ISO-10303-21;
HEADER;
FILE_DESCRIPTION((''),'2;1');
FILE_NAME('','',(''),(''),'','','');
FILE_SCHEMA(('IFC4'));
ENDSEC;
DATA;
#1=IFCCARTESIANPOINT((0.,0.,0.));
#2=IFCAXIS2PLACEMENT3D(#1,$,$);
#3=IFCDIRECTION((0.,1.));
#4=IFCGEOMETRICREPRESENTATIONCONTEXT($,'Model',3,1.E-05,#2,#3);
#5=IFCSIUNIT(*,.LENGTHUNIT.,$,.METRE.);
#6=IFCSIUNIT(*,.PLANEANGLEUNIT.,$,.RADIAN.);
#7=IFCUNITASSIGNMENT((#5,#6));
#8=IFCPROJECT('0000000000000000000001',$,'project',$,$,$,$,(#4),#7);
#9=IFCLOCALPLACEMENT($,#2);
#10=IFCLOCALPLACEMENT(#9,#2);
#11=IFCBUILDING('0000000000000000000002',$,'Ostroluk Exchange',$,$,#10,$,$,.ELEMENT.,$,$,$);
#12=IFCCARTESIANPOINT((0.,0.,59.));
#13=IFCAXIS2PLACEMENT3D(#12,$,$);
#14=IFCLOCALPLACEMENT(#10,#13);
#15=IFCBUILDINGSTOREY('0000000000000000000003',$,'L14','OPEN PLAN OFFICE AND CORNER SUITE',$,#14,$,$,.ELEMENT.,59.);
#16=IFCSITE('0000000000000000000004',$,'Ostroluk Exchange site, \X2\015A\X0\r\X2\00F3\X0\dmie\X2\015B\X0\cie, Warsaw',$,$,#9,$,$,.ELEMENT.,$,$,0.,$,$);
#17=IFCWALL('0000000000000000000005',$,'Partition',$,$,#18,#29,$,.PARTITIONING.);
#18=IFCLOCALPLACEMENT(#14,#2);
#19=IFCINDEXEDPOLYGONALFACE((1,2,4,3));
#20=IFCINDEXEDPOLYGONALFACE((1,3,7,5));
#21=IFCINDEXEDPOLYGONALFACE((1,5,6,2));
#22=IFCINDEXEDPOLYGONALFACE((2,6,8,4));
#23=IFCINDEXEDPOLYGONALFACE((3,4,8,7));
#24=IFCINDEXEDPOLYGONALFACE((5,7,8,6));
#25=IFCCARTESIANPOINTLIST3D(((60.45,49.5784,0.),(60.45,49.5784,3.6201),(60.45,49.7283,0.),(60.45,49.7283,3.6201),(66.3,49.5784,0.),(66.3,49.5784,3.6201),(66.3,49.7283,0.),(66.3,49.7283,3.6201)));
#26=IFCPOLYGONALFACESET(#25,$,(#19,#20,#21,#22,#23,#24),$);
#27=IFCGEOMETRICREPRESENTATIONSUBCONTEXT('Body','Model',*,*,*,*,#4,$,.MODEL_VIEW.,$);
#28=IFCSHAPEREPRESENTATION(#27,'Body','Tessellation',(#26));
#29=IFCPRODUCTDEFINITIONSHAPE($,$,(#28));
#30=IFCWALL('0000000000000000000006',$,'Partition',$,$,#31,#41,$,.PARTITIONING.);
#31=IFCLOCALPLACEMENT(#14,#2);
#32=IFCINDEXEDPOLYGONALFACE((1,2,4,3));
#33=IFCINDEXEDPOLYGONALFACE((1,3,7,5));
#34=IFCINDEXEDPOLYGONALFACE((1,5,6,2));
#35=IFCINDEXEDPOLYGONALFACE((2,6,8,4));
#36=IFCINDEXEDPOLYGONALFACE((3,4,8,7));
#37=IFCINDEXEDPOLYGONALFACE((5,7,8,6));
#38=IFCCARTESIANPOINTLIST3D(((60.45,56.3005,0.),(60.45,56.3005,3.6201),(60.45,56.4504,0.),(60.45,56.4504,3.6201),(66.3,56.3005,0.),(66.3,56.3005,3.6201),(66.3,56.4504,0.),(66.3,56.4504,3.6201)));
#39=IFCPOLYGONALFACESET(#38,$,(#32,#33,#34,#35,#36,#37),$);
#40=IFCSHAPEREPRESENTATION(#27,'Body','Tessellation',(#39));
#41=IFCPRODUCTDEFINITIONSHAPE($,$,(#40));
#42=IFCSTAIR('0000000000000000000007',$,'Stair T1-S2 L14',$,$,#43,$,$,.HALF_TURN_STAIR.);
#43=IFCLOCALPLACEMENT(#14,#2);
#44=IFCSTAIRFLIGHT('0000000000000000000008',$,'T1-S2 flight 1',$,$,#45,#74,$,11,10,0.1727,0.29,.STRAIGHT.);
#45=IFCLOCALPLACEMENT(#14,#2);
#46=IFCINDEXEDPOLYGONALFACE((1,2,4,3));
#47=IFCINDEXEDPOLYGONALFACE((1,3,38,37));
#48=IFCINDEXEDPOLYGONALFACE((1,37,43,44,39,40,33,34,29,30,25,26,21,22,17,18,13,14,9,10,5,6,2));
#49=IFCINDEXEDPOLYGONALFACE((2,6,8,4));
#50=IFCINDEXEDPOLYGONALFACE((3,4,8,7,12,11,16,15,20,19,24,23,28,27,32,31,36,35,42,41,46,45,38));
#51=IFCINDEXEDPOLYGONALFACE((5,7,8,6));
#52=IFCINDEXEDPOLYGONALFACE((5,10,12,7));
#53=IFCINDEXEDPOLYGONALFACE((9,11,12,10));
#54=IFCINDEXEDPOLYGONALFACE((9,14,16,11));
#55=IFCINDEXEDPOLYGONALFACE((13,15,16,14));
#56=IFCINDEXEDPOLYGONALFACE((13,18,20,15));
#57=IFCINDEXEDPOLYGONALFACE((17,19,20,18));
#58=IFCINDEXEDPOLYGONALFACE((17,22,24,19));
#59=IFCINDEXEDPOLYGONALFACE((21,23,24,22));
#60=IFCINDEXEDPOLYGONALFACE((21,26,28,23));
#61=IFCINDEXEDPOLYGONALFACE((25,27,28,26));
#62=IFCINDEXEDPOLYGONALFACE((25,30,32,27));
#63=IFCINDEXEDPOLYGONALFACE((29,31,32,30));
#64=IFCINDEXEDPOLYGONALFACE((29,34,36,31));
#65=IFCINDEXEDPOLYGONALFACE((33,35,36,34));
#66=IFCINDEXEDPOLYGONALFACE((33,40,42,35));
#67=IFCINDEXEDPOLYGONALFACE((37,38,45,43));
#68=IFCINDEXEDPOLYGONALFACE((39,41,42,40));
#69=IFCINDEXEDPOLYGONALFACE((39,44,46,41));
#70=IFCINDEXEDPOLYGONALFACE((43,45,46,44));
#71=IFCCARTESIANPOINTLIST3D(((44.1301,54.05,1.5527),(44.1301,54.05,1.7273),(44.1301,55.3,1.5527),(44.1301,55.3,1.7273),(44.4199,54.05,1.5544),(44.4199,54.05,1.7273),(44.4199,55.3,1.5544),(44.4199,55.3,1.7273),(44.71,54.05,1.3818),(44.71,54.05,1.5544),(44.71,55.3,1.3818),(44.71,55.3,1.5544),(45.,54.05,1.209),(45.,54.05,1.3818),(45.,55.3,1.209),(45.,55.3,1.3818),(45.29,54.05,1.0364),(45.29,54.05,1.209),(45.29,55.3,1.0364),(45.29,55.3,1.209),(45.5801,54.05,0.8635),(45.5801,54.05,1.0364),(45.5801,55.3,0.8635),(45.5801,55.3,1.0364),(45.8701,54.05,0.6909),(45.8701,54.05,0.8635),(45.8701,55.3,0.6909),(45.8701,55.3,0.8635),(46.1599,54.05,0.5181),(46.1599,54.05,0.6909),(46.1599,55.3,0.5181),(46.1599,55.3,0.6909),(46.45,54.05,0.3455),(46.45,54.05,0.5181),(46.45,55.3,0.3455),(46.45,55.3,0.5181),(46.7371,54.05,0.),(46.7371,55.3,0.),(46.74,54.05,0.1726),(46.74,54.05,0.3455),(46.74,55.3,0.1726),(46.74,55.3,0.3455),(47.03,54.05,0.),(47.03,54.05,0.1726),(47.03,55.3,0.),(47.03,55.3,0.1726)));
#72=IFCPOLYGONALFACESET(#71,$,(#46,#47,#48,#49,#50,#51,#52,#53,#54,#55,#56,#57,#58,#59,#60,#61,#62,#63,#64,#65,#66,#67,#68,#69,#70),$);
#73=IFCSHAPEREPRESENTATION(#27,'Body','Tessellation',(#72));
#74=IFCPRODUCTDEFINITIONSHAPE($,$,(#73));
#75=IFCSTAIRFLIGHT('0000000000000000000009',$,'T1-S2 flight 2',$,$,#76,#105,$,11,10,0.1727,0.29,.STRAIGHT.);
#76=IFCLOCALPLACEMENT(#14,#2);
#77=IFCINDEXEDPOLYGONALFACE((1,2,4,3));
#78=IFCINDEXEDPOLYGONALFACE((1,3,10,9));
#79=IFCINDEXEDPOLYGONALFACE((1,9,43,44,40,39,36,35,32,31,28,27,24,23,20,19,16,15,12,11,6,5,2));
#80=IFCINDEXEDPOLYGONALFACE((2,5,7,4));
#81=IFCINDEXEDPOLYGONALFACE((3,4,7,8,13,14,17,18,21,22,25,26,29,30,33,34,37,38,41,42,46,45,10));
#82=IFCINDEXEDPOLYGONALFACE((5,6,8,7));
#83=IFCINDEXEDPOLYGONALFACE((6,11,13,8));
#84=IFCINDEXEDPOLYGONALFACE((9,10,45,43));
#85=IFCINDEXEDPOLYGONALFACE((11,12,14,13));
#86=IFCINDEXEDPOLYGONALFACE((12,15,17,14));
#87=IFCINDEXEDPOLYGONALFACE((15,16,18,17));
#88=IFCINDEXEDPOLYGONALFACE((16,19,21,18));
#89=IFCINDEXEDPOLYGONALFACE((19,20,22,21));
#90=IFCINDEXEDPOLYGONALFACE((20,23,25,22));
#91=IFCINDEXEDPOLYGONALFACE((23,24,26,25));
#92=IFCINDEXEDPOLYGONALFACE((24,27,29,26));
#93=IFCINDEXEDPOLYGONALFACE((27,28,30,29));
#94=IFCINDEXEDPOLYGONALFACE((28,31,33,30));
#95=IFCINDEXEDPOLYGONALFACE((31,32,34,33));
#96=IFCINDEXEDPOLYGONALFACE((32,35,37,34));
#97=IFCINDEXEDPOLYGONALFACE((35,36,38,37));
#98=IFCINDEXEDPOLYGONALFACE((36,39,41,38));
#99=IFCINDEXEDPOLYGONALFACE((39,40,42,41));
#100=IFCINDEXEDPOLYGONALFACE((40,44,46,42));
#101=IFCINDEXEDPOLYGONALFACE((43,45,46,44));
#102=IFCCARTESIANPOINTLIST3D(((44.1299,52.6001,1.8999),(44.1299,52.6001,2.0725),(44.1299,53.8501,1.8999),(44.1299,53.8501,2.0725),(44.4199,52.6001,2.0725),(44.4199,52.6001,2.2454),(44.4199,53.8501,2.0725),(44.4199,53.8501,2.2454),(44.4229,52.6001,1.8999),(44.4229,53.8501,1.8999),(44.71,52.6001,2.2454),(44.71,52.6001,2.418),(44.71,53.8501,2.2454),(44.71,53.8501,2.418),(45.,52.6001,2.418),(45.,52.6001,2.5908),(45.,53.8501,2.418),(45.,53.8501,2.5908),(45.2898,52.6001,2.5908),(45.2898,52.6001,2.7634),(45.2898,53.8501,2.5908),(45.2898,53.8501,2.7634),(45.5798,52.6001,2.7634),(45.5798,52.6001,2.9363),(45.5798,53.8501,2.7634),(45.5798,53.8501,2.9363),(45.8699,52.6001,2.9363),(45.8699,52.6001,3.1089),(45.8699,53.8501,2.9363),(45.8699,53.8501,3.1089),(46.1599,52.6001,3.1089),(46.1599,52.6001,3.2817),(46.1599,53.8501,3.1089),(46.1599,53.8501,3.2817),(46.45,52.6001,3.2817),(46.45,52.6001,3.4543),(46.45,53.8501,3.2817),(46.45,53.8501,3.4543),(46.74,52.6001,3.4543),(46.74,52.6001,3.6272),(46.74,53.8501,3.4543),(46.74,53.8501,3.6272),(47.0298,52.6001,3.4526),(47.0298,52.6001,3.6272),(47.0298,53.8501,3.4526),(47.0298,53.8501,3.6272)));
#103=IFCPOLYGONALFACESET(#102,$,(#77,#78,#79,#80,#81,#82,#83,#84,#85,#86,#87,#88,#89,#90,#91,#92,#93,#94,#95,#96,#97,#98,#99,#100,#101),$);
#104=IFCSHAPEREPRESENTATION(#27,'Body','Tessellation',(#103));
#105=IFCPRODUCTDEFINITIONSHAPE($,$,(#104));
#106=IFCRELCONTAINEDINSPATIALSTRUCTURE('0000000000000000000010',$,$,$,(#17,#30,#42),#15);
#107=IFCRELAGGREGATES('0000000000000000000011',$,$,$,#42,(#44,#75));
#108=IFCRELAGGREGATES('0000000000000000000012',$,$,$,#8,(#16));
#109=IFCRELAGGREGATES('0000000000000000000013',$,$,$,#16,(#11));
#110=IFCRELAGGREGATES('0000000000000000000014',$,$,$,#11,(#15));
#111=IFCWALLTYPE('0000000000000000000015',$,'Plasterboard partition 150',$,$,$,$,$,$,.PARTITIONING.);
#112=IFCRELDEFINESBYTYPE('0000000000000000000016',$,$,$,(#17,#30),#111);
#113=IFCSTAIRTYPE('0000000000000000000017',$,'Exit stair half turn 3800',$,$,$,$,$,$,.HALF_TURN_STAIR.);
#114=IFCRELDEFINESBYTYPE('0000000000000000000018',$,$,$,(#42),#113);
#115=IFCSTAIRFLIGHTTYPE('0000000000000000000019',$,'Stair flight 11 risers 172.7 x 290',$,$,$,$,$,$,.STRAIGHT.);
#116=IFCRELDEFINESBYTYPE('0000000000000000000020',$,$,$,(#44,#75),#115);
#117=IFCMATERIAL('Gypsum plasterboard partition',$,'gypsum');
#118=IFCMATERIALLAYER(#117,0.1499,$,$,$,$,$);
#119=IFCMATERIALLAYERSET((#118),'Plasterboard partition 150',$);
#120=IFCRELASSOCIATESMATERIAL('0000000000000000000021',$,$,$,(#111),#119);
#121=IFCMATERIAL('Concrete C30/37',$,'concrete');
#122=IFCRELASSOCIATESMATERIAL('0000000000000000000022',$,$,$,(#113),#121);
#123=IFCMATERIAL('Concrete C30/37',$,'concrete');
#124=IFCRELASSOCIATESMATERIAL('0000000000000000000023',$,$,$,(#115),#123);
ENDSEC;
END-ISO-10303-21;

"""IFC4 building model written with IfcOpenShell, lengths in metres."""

from ifc_helpers import new_model, si_unit, direction, frame, frame_2d, origin, place, context, subcontext, project, spatial, polyline, rectangle, outline, extrude, material, layer, layer_set, type_object, element, aggregate, save


model = new_model("IFC4")

# Units and contexts
model_context = context("Model", 3, precision=1e-05, world=origin(), true_north=direction((0.0, 1.0)))
body_context = subcontext(model_context, "Body", "Model", "MODEL_VIEW")
ifc_project = project(units=[si_unit("LENGTHUNIT", "METRE"), si_unit("PLANEANGLEUNIT", "RADIAN")], contexts=[model_context])

# Site, building, storey
site_placement = place(None, origin())
site = spatial("IfcSite", under=ifc_project, at=site_placement, Name="Ostroluk Exchange site, Śródmieście, Warsaw", CompositionType="ELEMENT", RefElevation=0.0)
building_placement = place(site_placement, origin())
building = spatial("IfcBuilding", under=site, at=building_placement, Name="Ostroluk Exchange", CompositionType="ELEMENT")
storey_placement = place(building_placement, frame((0.0, 0.0, 59.0)))
storey = spatial("IfcBuildingStorey", under=building, at=storey_placement, Name="L14", Description="OPEN PLAN OFFICE AND CORNER SUITE", CompositionType="ELEMENT", Elevation=59.0)

# Walls
ifc_material_1 = material(Name="Gypsum plasterboard partition", Category="gypsum")
ifc_layer_1 = layer(ifc_material_1, 0.1499)
ifc_layer_set_1 = layer_set([ifc_layer_1], Name="Plasterboard partition 150")
wall_type_1 = type_object("IfcWallType", Name="Plasterboard partition 150", PredefinedType="PARTITIONING", material=ifc_layer_set_1)
for number, where, z_axis, x_axis, name in (
    (1, (60.45, 49.6533, 0.0), (0.0, 0.0, 1.0), (1.0, 0.0, 0.0), "Partition"),
    (2, (60.45, 56.3755, 0.0), (0.0, 0.0, 1.0), (1.0, 0.0, 0.0), "Partition"),
):
    element("IfcWall", number, at=place(storey_placement, frame(where, z_axis=z_axis, x_axis=x_axis)), inside=storey, type_object=wall_type_1, Name=name, PredefinedType="PARTITIONING", context=body_context, shape_type="SweptSolid", body=[
        extrude(rectangle(XDim=5.8501, YDim=0.1499, at=frame_2d((2.925, 0.0))), origin(), (0.0, 0.0, 1.0), 3.6201),
    ])

# Stair, stair flights
ifc_material_2 = material(Name="Concrete C30/37", Category="concrete")
stair_type = type_object("IfcStairType", Name="Exit stair half turn 3800", PredefinedType="HALF_TURN_STAIR", material=ifc_material_2)
stair_placement = place(storey_placement, origin())
stair = element("IfcStair", 3, at=stair_placement, inside=storey, type_object=stair_type, Name="Stair T1-S2 L14", PredefinedType="HALF_TURN_STAIR")
ifc_material_3 = material(Name="Concrete C30/37", Category="concrete")
stair_flight_type = type_object("IfcStairFlightType", Name="Stair flight 11 risers 172.7 x 290", PredefinedType="STRAIGHT", material=ifc_material_3)
stair_flight_1_placement = place(storey_placement, frame((47.03, 54.675, 0.0), z_axis=(0.0, 0.0, 1.0), x_axis=(-1.0, 0.0, 0.0)))
stair_flight_1 = element("IfcStairFlight", 4, at=stair_flight_1_placement, type_object=stair_flight_type, Name="T1-S2 flight 1", NumberOfRisers=11, NumberOfTreads=10, PredefinedType="STRAIGHT", RiserHeight=0.1727, TreadLength=0.29, context=body_context, shape_type="SweptSolid", body=[
    extrude(outline(polyline([(0.0, 0.0), (0.0, 0.1726), (0.29, 0.1726), (0.29, 0.3455), (0.5801, 0.3455), (0.5801, 0.5181), (0.8701, 0.5181), (0.8701, 0.6909), (1.1599, 0.6909), (1.1599, 0.8635), (1.45, 0.8635), (1.45, 1.0364), (1.74, 1.0364), (1.74, 1.209), (2.03, 1.209), (2.03, 1.3818), (2.3201, 1.3818), (2.3201, 1.5544), (2.6101, 1.5544), (2.6101, 1.7273), (2.8999, 1.7273), (2.8999, 1.8999), (2.8999, 1.5527), (0.293, 0.0), (0.0, 0.0)])), frame((0.0, 0.625, 0.0), z_axis=(0.0, -1.0, 0.0), x_axis=(1.0, 0.0, 0.0)), (0.0, 0.0, 1.0), 1.25),
])
stair_flight_2_placement = place(storey_placement, frame((44.1299, 53.2251, 1.8999), z_axis=(0.0, 0.0, 1.0), x_axis=(1.0, 0.0, 0.0)))
stair_flight_2 = element("IfcStairFlight", 5, at=stair_flight_2_placement, type_object=stair_flight_type, Name="T1-S2 flight 2", NumberOfRisers=11, NumberOfTreads=10, PredefinedType="STRAIGHT", RiserHeight=0.1727, TreadLength=0.29, context=body_context, shape_type="SweptSolid", body=[
    extrude(outline(polyline([(0.0, 0.0), (0.0, 0.1726), (0.29, 0.1726), (0.29, 0.3455), (0.5801, 0.3455), (0.5801, 0.5181), (0.8701, 0.5181), (0.8701, 0.6909), (1.1599, 0.6909), (1.1599, 0.8635), (1.45, 0.8635), (1.45, 1.0364), (1.74, 1.0364), (1.74, 1.209), (2.03, 1.209), (2.03, 1.3818), (2.3201, 1.3818), (2.3201, 1.5544), (2.6101, 1.5544), (2.6101, 1.7273), (2.8999, 1.7273), (2.8999, 1.8999), (2.8999, 1.5527), (0.293, 0.0), (0.0, 0.0)])), frame((0.0, 0.625, 0.0), z_axis=(0.0, -1.0, 0.0), x_axis=(1.0, 0.0, 0.0)), (0.0, 0.0, 1.0), 1.25),
])
aggregate(stair, [stair_flight_1, stair_flight_2])

save(model, "model.ifc")
